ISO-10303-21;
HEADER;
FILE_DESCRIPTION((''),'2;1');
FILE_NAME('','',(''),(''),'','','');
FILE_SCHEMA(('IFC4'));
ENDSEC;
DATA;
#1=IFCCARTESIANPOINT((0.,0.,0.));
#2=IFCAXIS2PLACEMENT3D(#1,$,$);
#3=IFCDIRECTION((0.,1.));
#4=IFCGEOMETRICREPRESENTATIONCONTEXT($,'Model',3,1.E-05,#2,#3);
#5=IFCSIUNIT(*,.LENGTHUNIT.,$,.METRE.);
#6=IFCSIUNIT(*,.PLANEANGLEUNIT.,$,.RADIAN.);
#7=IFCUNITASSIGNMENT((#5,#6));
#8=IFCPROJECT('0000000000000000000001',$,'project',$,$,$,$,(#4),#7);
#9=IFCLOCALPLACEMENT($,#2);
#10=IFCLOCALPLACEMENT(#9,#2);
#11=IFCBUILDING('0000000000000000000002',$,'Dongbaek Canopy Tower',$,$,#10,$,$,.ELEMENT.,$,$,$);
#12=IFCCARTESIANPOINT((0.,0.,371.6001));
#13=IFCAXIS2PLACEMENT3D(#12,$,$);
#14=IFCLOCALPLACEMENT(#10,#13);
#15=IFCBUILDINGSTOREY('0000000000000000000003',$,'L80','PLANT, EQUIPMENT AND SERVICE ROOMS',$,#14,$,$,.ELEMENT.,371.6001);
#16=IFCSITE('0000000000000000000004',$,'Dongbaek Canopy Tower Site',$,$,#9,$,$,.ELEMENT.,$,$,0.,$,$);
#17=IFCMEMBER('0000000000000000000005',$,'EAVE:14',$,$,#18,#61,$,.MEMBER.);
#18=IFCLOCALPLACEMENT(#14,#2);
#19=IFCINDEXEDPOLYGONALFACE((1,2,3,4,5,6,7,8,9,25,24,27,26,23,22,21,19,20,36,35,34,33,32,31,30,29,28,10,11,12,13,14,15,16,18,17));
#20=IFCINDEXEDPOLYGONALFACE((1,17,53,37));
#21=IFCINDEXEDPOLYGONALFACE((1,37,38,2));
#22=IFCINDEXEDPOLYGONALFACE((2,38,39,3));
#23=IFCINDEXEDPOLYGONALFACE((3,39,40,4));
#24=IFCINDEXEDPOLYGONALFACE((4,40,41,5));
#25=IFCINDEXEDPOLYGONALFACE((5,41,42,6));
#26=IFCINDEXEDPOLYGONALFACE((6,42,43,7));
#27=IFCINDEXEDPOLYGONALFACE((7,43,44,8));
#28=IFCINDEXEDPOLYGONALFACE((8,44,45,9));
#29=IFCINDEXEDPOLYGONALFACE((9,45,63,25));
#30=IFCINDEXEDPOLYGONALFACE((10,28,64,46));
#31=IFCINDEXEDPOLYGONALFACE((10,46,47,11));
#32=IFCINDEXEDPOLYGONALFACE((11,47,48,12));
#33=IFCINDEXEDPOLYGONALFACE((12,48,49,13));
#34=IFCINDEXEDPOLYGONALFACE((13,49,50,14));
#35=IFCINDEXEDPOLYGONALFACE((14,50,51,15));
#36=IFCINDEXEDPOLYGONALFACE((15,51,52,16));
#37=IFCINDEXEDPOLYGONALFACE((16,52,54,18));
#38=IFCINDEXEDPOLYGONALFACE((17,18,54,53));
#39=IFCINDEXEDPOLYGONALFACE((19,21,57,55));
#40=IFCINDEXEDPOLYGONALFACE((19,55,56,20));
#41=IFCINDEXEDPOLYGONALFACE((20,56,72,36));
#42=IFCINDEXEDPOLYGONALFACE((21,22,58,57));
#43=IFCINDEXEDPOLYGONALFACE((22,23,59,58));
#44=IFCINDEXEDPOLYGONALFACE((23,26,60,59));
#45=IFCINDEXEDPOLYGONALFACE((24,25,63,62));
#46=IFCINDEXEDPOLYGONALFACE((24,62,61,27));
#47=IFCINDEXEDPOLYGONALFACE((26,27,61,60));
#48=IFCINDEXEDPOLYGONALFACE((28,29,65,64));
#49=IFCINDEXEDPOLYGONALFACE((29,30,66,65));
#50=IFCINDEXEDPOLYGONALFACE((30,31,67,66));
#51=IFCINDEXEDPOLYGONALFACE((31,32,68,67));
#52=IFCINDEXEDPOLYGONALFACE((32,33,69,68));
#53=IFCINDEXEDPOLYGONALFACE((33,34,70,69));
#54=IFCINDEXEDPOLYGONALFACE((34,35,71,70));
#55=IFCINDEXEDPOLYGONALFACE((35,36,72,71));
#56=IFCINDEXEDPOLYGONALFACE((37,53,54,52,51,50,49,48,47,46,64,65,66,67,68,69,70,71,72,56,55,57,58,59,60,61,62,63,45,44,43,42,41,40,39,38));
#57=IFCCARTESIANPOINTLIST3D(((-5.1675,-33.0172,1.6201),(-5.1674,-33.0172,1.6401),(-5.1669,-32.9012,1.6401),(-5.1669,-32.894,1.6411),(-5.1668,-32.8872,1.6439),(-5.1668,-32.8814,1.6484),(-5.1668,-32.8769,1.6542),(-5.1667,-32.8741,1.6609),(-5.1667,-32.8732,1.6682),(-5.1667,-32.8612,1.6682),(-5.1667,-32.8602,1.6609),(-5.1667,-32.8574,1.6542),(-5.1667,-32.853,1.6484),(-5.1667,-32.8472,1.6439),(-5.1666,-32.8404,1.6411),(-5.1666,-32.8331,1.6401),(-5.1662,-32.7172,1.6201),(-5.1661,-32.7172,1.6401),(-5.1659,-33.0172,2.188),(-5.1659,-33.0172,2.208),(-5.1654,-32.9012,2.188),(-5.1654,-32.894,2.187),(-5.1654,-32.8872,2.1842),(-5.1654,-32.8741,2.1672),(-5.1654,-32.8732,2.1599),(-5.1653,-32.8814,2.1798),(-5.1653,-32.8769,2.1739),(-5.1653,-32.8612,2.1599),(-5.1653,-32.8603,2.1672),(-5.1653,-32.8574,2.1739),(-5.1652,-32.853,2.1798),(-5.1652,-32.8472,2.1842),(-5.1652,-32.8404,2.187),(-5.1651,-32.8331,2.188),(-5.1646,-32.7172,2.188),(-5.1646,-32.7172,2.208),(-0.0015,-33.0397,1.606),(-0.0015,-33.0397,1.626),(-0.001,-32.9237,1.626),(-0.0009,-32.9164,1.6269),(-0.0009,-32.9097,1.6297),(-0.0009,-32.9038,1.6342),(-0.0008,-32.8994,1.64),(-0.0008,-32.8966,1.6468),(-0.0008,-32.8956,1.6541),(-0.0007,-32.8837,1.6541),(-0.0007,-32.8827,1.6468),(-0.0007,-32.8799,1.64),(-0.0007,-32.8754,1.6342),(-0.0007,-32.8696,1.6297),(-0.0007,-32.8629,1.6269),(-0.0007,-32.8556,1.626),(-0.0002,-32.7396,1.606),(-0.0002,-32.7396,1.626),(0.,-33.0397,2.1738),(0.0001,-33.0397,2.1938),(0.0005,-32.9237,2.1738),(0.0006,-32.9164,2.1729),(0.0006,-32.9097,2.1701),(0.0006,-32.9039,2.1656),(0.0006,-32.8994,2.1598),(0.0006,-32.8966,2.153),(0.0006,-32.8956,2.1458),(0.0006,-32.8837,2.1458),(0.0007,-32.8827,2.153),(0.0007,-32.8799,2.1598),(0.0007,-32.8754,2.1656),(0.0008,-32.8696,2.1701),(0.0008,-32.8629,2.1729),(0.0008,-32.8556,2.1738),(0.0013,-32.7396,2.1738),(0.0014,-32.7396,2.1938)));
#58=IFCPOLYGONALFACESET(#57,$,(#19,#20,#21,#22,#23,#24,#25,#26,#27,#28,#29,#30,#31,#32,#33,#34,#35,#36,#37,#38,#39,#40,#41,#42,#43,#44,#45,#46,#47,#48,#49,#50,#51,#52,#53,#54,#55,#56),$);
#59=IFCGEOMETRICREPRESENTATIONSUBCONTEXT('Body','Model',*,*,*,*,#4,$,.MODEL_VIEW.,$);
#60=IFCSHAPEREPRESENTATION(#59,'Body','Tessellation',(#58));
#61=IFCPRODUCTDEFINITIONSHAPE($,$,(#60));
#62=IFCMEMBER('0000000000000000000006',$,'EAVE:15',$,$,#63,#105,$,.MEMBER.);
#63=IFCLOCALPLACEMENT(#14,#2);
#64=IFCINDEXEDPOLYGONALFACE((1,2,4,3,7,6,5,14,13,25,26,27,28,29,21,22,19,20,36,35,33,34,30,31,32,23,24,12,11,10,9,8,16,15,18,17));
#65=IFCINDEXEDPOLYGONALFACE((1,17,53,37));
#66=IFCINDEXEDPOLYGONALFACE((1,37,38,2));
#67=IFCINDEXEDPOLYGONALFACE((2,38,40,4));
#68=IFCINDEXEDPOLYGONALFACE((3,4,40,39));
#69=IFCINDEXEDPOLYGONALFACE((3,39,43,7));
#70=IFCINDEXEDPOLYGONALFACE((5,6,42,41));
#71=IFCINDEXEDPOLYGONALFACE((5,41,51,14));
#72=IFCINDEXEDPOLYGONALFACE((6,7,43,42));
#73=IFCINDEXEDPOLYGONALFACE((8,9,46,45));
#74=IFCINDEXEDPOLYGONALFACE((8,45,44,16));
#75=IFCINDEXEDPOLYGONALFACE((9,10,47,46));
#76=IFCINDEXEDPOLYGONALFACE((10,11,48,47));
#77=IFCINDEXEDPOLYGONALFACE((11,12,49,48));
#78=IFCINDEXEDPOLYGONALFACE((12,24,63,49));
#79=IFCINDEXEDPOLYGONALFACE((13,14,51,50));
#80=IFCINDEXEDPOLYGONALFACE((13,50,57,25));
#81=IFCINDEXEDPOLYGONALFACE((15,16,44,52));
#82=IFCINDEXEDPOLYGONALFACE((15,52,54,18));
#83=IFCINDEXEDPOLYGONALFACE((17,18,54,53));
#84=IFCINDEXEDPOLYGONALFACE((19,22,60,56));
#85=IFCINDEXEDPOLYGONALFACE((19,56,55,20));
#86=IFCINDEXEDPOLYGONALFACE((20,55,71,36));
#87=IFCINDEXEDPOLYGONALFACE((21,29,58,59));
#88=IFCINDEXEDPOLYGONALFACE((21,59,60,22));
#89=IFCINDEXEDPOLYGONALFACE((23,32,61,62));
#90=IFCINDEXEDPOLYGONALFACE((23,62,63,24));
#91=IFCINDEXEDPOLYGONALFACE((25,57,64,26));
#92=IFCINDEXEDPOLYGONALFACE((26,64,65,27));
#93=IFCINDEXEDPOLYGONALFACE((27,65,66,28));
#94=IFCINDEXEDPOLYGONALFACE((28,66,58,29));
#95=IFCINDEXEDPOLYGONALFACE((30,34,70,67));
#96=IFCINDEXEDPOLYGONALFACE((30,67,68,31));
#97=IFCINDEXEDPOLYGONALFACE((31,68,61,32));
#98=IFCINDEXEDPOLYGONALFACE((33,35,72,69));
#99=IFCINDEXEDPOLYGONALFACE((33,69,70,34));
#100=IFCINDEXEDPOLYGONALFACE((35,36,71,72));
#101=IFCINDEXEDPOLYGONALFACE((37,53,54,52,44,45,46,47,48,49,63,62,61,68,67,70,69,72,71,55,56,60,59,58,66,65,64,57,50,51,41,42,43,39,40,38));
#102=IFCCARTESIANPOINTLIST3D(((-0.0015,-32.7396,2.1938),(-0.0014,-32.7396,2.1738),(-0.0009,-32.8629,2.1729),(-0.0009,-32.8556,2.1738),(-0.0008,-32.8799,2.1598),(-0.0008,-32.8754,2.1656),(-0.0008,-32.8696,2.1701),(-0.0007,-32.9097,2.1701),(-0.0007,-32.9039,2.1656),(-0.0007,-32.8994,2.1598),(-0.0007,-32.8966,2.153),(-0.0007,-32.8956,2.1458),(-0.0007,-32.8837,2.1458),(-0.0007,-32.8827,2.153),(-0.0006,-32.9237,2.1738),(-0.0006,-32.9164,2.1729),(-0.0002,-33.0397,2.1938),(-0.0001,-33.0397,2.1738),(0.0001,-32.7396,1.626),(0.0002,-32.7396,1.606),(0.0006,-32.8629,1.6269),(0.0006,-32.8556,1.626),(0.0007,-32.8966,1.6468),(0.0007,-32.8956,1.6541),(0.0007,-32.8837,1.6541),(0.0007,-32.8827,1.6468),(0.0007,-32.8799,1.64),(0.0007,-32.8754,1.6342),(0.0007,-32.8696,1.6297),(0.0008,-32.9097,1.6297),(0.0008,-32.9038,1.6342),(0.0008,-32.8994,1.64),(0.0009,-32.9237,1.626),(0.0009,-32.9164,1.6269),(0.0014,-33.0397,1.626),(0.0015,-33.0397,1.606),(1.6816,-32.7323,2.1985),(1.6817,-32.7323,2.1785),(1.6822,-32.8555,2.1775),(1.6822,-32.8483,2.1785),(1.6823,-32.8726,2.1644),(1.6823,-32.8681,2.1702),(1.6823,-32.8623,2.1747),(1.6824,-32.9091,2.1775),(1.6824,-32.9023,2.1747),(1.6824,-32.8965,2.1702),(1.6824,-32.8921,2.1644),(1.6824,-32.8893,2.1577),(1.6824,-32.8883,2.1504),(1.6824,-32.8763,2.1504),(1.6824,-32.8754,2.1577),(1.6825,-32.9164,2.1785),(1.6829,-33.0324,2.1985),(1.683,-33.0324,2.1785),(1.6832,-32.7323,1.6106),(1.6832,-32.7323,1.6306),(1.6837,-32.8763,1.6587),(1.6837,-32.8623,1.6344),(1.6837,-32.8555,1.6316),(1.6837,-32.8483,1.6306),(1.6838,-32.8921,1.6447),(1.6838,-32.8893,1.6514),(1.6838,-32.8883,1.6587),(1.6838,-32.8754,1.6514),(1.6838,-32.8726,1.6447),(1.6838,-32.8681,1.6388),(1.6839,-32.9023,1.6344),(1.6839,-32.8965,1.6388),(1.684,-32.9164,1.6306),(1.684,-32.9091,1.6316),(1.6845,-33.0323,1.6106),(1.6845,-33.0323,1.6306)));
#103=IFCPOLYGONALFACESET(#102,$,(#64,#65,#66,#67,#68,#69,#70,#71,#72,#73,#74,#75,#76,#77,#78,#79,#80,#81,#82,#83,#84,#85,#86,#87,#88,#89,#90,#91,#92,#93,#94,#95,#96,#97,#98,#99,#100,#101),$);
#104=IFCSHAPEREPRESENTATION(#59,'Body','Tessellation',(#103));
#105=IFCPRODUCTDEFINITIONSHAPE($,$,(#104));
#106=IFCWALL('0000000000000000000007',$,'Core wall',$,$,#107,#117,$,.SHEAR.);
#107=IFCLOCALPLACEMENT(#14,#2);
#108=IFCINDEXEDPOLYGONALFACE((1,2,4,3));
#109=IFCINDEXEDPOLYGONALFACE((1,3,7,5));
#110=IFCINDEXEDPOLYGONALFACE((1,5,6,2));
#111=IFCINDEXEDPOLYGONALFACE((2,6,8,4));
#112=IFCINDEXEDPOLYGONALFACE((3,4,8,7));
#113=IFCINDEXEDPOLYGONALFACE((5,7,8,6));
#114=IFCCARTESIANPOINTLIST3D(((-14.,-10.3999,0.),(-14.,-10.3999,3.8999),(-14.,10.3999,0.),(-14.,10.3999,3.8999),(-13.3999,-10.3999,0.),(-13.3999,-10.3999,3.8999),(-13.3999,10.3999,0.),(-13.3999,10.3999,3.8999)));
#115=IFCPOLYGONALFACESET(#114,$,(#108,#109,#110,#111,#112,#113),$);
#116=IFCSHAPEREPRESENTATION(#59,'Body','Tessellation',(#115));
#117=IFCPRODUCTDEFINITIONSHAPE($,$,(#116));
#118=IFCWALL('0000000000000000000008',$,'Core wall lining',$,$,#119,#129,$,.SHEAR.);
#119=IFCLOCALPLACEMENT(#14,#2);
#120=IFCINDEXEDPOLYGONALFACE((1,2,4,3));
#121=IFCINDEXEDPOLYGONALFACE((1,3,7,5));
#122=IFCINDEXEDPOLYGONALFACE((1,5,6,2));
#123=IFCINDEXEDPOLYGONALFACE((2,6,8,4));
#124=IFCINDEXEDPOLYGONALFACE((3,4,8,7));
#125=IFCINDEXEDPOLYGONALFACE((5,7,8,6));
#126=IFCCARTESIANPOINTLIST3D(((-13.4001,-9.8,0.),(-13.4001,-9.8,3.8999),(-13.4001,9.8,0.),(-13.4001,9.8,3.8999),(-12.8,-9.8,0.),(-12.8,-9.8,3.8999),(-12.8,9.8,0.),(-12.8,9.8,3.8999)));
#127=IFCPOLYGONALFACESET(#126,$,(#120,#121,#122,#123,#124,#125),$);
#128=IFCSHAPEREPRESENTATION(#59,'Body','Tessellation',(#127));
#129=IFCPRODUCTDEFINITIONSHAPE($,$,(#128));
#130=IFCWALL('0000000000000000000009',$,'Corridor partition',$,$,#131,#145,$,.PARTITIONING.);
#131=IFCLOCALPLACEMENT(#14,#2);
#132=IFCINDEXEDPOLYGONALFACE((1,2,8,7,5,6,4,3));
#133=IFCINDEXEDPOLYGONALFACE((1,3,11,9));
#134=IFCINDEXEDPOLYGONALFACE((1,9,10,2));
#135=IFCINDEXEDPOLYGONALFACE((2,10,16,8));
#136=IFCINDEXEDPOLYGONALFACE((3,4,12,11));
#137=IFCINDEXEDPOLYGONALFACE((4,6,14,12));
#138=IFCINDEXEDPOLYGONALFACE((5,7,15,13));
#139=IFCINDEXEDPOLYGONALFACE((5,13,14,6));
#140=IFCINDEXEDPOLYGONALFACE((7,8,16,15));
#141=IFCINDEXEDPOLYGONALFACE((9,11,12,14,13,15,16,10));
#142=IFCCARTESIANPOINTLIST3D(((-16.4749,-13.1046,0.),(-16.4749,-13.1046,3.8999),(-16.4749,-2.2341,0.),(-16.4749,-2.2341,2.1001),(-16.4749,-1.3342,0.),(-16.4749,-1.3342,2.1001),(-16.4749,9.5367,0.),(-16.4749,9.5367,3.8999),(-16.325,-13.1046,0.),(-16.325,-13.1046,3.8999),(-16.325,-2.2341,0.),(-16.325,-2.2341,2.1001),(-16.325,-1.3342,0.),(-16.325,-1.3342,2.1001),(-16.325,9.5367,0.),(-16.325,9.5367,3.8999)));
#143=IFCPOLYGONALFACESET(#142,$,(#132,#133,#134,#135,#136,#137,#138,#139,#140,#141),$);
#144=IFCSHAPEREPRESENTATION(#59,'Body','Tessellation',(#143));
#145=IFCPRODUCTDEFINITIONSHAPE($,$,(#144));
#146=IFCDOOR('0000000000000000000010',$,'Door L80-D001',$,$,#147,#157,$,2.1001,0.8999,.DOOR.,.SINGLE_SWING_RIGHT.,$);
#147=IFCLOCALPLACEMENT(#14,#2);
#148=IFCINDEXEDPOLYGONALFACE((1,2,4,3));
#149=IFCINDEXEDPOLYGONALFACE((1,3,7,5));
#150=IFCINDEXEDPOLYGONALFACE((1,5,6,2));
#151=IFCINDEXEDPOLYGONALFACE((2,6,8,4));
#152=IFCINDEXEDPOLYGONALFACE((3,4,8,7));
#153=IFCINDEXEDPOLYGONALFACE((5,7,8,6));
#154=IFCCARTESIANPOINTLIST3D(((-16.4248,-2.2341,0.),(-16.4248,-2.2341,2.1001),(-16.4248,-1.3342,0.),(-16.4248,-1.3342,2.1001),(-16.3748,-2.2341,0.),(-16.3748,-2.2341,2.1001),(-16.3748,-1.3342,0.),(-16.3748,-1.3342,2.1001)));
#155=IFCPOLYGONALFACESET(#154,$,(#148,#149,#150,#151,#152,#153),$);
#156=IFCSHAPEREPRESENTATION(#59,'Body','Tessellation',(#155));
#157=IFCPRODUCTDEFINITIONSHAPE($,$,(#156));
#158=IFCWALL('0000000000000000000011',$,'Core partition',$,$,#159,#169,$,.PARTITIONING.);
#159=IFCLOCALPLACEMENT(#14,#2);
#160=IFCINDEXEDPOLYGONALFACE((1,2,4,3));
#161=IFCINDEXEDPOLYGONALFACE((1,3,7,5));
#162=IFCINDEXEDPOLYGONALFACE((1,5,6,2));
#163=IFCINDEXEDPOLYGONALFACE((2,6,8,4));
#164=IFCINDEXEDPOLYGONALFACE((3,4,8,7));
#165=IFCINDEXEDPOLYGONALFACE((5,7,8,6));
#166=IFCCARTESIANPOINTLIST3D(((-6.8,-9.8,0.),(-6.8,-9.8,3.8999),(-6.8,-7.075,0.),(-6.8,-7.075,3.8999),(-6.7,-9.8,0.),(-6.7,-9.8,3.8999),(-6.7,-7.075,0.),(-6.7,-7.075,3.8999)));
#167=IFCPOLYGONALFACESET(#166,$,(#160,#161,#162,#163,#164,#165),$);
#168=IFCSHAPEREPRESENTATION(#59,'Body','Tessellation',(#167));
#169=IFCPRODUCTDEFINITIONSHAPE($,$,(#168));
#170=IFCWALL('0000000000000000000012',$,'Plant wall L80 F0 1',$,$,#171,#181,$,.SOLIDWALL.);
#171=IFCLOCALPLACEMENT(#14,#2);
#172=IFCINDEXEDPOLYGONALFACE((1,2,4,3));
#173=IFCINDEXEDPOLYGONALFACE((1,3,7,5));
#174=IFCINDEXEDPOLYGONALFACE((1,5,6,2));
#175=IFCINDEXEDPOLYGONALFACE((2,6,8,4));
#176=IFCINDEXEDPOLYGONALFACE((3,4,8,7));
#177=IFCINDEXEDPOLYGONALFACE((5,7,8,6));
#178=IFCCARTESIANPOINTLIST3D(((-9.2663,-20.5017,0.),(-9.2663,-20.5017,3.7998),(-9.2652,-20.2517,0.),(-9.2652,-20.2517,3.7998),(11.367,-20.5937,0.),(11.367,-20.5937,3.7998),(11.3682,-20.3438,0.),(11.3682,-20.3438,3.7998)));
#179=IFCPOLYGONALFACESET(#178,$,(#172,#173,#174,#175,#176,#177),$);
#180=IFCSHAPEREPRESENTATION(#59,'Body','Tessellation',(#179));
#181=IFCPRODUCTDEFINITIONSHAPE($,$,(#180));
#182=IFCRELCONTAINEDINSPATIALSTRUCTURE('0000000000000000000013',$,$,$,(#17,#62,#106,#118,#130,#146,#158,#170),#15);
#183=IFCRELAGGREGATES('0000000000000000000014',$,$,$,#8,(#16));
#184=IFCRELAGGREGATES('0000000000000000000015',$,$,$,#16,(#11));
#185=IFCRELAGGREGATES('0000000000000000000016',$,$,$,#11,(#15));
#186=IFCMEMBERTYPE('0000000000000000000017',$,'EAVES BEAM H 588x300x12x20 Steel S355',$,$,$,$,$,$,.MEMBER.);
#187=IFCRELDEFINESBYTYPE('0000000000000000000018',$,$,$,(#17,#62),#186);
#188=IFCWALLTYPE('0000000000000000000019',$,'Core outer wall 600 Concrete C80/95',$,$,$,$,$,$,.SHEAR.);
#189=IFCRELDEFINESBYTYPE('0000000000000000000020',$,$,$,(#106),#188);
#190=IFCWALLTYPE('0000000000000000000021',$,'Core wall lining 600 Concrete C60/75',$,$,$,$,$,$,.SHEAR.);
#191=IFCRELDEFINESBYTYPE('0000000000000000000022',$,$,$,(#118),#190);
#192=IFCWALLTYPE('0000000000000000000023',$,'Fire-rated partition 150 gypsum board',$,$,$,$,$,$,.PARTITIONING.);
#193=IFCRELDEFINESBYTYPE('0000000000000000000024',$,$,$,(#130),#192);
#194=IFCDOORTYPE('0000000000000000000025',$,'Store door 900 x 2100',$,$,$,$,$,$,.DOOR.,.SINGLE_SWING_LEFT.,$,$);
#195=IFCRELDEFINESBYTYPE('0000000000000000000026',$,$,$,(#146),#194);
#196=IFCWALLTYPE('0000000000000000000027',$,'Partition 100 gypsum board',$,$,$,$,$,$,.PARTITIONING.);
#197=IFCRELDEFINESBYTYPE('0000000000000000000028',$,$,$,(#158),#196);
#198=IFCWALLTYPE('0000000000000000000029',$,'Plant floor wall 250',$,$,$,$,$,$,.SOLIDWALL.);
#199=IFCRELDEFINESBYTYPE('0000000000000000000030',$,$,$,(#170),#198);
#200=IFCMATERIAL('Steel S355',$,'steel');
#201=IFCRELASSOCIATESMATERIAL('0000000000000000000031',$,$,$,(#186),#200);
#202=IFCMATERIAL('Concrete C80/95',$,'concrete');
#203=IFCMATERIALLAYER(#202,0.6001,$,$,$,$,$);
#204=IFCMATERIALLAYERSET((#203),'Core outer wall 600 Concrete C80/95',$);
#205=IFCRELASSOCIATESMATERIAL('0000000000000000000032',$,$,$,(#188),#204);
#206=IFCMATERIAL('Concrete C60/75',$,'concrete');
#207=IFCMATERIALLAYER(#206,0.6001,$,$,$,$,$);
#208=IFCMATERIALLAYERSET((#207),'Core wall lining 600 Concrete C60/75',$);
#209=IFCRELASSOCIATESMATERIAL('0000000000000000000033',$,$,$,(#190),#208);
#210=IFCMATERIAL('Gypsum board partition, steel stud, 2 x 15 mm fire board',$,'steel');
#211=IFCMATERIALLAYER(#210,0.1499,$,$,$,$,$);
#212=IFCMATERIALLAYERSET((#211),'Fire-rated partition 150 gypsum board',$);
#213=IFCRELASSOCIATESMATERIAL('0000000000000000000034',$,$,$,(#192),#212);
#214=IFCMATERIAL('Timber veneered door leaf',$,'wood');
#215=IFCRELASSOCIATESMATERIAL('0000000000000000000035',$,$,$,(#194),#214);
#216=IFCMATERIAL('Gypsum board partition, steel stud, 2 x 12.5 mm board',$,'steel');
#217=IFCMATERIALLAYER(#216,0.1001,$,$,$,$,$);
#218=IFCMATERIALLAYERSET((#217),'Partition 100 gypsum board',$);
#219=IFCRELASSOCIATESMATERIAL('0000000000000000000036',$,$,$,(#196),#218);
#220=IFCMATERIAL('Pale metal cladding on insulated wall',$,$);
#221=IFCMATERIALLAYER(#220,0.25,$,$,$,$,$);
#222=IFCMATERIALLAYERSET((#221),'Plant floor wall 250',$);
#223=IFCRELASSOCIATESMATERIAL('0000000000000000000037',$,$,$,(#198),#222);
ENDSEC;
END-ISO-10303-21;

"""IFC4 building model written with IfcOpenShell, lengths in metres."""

from ifc_helpers import new_model, si_unit, direction, frame, frame_2d, origin, origin_2d, place, context, subcontext, project, spatial, rectangle, i_section, extrude, material, layer, layer_set, material_profile, profile_set, type_object, element, fill, save


model = new_model("IFC4")

# Units and contexts
model_context = context("Model", 3, precision=1e-05, world=origin(), true_north=direction((0.0, 1.0)))
body_context = subcontext(model_context, "Body", "Model", "MODEL_VIEW")
ifc_project = project(units=[si_unit("LENGTHUNIT", "METRE"), si_unit("PLANEANGLEUNIT", "RADIAN")], contexts=[model_context])

# Site, building, storey
site_placement = place(None, origin())
site = spatial("IfcSite", under=ifc_project, at=site_placement, Name="Dongbaek Canopy Tower Site", CompositionType="ELEMENT", RefElevation=0.0)
building_placement = place(site_placement, origin())
building = spatial("IfcBuilding", under=site, at=building_placement, Name="Dongbaek Canopy Tower", CompositionType="ELEMENT")
storey_placement = place(building_placement, frame((0.0, 0.0, 371.6001)))
storey = spatial("IfcBuildingStorey", under=building, at=storey_placement, Name="L80", Description="PLANT, EQUIPMENT AND SERVICE ROOMS", CompositionType="ELEMENT", Elevation=371.6001)

# Members
ifc_material_1 = material(Name="Steel S355", Category="steel")
ifc_material_profile_1 = material_profile(ifc_material_1, i_section(OverallWidth=0.3, OverallDepth=0.5879, WebThickness=0.012, FlangeThickness=0.02, FilletRadius=0.0281, at=origin_2d()), Name="EAVES BEAM H 588x300x12x20 Steel S355")
ifc_profile_set_1 = profile_set([ifc_material_profile_1], Name="Steel S355")
member_type_1 = type_object("IfcMemberType", Name="EAVES BEAM H 588x300x12x20 Steel S355", PredefinedType="MEMBER", material=ifc_profile_set_1)
member_1_placement = place(storey_placement, frame((-5.166, -32.8672, 1.9141), z_axis=(0.999987, -0.004348, -0.002741), x_axis=(0.004348, 0.999991, 0.0)))
element("IfcMember", 1, at=member_1_placement, inside=storey, type_object=member_type_1, Name="EAVE:14", PredefinedType="MEMBER", context=body_context, shape_type="SweptSolid", body=[
    extrude(i_section(OverallWidth=0.3, OverallDepth=0.5879, WebThickness=0.012, FlangeThickness=0.02, FilletRadius=0.0281, at=origin_2d()), origin(), (0.0, 0.0, 1.0), 5.166),
])
member_2_placement = place(storey_placement, frame((0.0, -32.8896, 1.8999), z_axis=(0.999987, 0.004352, 0.002756), x_axis=(-0.004352, 0.999991, 0.0)))
element("IfcMember", 2, at=member_2_placement, inside=storey, type_object=member_type_1, Name="EAVE:15", PredefinedType="MEMBER", context=body_context, shape_type="SweptSolid", body=[
    extrude(i_section(OverallWidth=0.3, OverallDepth=0.5879, WebThickness=0.012, FlangeThickness=0.02, FilletRadius=0.0281, at=origin_2d()), origin(), (0.0, 0.0, 1.0), 1.6831),
])

# Walls
ifc_material_2 = material(Name="Concrete C80/95", Category="concrete")
ifc_layer_1 = layer(ifc_material_2, 0.6001)
ifc_layer_set_1 = layer_set([ifc_layer_1], Name="Core outer wall 600 Concrete C80/95")
wall_type_1 = type_object("IfcWallType", Name="Core outer wall 600 Concrete C80/95", PredefinedType="SHEAR", material=ifc_layer_set_1)
wall_1_placement = place(storey_placement, frame((-13.7, -10.3999, 0.0), z_axis=(0.0, 0.0, 1.0), x_axis=(0.0, 1.0, 0.0)))
element("IfcWall", 3, at=wall_1_placement, inside=storey, type_object=wall_type_1, Name="Core wall", PredefinedType="SHEAR", context=body_context, shape_type="SweptSolid", body=[
    extrude(rectangle(XDim=20.7998, YDim=0.6001, at=frame_2d((10.3999, 0.0))), origin(), (0.0, 0.0, 1.0), 3.8999),
])
ifc_material_3 = material(Name="Concrete C60/75", Category="concrete")
ifc_layer_2 = layer(ifc_material_3, 0.6001)
ifc_layer_set_2 = layer_set([ifc_layer_2], Name="Core wall lining 600 Concrete C60/75")
wall_type_2 = type_object("IfcWallType", Name="Core wall lining 600 Concrete C60/75", PredefinedType="SHEAR", material=ifc_layer_set_2)
wall_2_placement = place(storey_placement, frame((-13.1001, -9.8, 0.0), z_axis=(0.0, 0.0, 1.0), x_axis=(0.0, 1.0, 0.0)))
element("IfcWall", 4, at=wall_2_placement, inside=storey, type_object=wall_type_2, Name="Core wall lining", PredefinedType="SHEAR", context=body_context, shape_type="SweptSolid", body=[
    extrude(rectangle(XDim=19.6001, YDim=0.6001, at=frame_2d((9.8, 0.0))), origin(), (0.0, 0.0, 1.0), 3.8999),
])

# Wall, opening, door
ifc_material_4 = material(Name="Gypsum board partition, steel stud, 2 x 15 mm fire board", Category="steel")
ifc_layer_3 = layer(ifc_material_4, 0.1499)
ifc_layer_set_3 = layer_set([ifc_layer_3], Name="Fire-rated partition 150 gypsum board")
wall_type_3 = type_object("IfcWallType", Name="Fire-rated partition 150 gypsum board", PredefinedType="PARTITIONING", material=ifc_layer_set_3)
wall_3_placement = place(storey_placement, frame((-16.3999, -13.1047, 0.0), z_axis=(0.0, 0.0, 1.0), x_axis=(0.0, 1.0, 0.0)))
wall_3 = element("IfcWall", 5, at=wall_3_placement, inside=storey, type_object=wall_type_3, Name="Corridor partition", PredefinedType="PARTITIONING", context=body_context, shape_type="SweptSolid", body=[
    extrude(rectangle(XDim=22.6414, YDim=0.1499, at=frame_2d((11.3208, 0.0))), origin(), (0.0, 0.0, 1.0), 3.8999),
])
opening_1_placement = place(wall_3_placement, frame((10.8706, 0.0, 0.0)))
opening_1 = element("IfcOpeningElement", 6, at=opening_1_placement, cuts=wall_3, PredefinedType="OPENING", context=body_context, shape_type="SweptSolid", body=[
    extrude(rectangle(XDim=0.8999, YDim=2.1001, at=frame_2d((0.45, 1.05))), frame((0.0, 0.085, 0.0), z_axis=(0.0, -1.0, 0.0), x_axis=(1.0, 0.0, 0.0)), (0.0, 0.0, 1.0), 0.1699),
])
ifc_material_5 = material(Name="Timber veneered door leaf", Category="wood")
door_type_1 = type_object("IfcDoorType", Name="Store door 900 x 2100", OperationType="SINGLE_SWING_LEFT", PredefinedType="DOOR", material=ifc_material_5)
door_1_placement = place(opening_1_placement, origin())
door_1 = element("IfcDoor", 7, at=door_1_placement, inside=storey, type_object=door_type_1, Name="Door L80-D001", OperationType="SINGLE_SWING_RIGHT", OverallHeight=2.1001, OverallWidth=0.8999, PredefinedType="DOOR", context=body_context, shape_type="SweptSolid", body=[
    extrude(rectangle(XDim=0.8999, YDim=2.1001, at=frame_2d((0.45, 1.05))), frame((0.0, 0.0249, 0.0), z_axis=(0.0, -1.0, 0.0), x_axis=(1.0, 0.0, 0.0)), (0.0, 0.0, 1.0), 0.05),
])
fill(opening_1, door_1)

# Walls
ifc_material_6 = material(Name="Gypsum board partition, steel stud, 2 x 12.5 mm board", Category="steel")
ifc_layer_4 = layer(ifc_material_6, 0.1001)
ifc_layer_set_4 = layer_set([ifc_layer_4], Name="Partition 100 gypsum board")
wall_type_4 = type_object("IfcWallType", Name="Partition 100 gypsum board", PredefinedType="PARTITIONING", material=ifc_layer_set_4)
wall_4_placement = place(storey_placement, frame((-6.75, -9.8, 0.0), z_axis=(0.0, 0.0, 1.0), x_axis=(0.0, 1.0, 0.0)))
element("IfcWall", 8, at=wall_4_placement, inside=storey, type_object=wall_type_4, Name="Core partition", PredefinedType="PARTITIONING", context=body_context, shape_type="SweptSolid", body=[
    extrude(rectangle(XDim=2.7251, YDim=0.1001, at=frame_2d((1.3625, 0.0))), origin(), (0.0, 0.0, 1.0), 3.8999),
])
ifc_material_7 = material(Name="Pale metal cladding on insulated wall")
ifc_layer_5 = layer(ifc_material_7, 0.25)
ifc_layer_set_5 = layer_set([ifc_layer_5], Name="Plant floor wall 250")
wall_type_5 = type_object("IfcWallType", Name="Plant floor wall 250", PredefinedType="SOLIDWALL", material=ifc_layer_set_5)
wall_5_placement = place(storey_placement, frame((-9.2659, -20.3767, 0.0), z_axis=(0.0, 0.0, 1.0), x_axis=(0.99999, -0.004461, 0.0)))
element("IfcWall", 9, at=wall_5_placement, inside=storey, type_object=wall_type_5, Name="Plant wall L80 F0 1", PredefinedType="SOLIDWALL", context=body_context, shape_type="SweptSolid", body=[
    extrude(rectangle(XDim=20.6335, YDim=0.25, at=frame_2d((10.3169, 0.0))), origin(), (0.0, 0.0, 1.0), 3.7998),
])

save(model, "model.ifc")
